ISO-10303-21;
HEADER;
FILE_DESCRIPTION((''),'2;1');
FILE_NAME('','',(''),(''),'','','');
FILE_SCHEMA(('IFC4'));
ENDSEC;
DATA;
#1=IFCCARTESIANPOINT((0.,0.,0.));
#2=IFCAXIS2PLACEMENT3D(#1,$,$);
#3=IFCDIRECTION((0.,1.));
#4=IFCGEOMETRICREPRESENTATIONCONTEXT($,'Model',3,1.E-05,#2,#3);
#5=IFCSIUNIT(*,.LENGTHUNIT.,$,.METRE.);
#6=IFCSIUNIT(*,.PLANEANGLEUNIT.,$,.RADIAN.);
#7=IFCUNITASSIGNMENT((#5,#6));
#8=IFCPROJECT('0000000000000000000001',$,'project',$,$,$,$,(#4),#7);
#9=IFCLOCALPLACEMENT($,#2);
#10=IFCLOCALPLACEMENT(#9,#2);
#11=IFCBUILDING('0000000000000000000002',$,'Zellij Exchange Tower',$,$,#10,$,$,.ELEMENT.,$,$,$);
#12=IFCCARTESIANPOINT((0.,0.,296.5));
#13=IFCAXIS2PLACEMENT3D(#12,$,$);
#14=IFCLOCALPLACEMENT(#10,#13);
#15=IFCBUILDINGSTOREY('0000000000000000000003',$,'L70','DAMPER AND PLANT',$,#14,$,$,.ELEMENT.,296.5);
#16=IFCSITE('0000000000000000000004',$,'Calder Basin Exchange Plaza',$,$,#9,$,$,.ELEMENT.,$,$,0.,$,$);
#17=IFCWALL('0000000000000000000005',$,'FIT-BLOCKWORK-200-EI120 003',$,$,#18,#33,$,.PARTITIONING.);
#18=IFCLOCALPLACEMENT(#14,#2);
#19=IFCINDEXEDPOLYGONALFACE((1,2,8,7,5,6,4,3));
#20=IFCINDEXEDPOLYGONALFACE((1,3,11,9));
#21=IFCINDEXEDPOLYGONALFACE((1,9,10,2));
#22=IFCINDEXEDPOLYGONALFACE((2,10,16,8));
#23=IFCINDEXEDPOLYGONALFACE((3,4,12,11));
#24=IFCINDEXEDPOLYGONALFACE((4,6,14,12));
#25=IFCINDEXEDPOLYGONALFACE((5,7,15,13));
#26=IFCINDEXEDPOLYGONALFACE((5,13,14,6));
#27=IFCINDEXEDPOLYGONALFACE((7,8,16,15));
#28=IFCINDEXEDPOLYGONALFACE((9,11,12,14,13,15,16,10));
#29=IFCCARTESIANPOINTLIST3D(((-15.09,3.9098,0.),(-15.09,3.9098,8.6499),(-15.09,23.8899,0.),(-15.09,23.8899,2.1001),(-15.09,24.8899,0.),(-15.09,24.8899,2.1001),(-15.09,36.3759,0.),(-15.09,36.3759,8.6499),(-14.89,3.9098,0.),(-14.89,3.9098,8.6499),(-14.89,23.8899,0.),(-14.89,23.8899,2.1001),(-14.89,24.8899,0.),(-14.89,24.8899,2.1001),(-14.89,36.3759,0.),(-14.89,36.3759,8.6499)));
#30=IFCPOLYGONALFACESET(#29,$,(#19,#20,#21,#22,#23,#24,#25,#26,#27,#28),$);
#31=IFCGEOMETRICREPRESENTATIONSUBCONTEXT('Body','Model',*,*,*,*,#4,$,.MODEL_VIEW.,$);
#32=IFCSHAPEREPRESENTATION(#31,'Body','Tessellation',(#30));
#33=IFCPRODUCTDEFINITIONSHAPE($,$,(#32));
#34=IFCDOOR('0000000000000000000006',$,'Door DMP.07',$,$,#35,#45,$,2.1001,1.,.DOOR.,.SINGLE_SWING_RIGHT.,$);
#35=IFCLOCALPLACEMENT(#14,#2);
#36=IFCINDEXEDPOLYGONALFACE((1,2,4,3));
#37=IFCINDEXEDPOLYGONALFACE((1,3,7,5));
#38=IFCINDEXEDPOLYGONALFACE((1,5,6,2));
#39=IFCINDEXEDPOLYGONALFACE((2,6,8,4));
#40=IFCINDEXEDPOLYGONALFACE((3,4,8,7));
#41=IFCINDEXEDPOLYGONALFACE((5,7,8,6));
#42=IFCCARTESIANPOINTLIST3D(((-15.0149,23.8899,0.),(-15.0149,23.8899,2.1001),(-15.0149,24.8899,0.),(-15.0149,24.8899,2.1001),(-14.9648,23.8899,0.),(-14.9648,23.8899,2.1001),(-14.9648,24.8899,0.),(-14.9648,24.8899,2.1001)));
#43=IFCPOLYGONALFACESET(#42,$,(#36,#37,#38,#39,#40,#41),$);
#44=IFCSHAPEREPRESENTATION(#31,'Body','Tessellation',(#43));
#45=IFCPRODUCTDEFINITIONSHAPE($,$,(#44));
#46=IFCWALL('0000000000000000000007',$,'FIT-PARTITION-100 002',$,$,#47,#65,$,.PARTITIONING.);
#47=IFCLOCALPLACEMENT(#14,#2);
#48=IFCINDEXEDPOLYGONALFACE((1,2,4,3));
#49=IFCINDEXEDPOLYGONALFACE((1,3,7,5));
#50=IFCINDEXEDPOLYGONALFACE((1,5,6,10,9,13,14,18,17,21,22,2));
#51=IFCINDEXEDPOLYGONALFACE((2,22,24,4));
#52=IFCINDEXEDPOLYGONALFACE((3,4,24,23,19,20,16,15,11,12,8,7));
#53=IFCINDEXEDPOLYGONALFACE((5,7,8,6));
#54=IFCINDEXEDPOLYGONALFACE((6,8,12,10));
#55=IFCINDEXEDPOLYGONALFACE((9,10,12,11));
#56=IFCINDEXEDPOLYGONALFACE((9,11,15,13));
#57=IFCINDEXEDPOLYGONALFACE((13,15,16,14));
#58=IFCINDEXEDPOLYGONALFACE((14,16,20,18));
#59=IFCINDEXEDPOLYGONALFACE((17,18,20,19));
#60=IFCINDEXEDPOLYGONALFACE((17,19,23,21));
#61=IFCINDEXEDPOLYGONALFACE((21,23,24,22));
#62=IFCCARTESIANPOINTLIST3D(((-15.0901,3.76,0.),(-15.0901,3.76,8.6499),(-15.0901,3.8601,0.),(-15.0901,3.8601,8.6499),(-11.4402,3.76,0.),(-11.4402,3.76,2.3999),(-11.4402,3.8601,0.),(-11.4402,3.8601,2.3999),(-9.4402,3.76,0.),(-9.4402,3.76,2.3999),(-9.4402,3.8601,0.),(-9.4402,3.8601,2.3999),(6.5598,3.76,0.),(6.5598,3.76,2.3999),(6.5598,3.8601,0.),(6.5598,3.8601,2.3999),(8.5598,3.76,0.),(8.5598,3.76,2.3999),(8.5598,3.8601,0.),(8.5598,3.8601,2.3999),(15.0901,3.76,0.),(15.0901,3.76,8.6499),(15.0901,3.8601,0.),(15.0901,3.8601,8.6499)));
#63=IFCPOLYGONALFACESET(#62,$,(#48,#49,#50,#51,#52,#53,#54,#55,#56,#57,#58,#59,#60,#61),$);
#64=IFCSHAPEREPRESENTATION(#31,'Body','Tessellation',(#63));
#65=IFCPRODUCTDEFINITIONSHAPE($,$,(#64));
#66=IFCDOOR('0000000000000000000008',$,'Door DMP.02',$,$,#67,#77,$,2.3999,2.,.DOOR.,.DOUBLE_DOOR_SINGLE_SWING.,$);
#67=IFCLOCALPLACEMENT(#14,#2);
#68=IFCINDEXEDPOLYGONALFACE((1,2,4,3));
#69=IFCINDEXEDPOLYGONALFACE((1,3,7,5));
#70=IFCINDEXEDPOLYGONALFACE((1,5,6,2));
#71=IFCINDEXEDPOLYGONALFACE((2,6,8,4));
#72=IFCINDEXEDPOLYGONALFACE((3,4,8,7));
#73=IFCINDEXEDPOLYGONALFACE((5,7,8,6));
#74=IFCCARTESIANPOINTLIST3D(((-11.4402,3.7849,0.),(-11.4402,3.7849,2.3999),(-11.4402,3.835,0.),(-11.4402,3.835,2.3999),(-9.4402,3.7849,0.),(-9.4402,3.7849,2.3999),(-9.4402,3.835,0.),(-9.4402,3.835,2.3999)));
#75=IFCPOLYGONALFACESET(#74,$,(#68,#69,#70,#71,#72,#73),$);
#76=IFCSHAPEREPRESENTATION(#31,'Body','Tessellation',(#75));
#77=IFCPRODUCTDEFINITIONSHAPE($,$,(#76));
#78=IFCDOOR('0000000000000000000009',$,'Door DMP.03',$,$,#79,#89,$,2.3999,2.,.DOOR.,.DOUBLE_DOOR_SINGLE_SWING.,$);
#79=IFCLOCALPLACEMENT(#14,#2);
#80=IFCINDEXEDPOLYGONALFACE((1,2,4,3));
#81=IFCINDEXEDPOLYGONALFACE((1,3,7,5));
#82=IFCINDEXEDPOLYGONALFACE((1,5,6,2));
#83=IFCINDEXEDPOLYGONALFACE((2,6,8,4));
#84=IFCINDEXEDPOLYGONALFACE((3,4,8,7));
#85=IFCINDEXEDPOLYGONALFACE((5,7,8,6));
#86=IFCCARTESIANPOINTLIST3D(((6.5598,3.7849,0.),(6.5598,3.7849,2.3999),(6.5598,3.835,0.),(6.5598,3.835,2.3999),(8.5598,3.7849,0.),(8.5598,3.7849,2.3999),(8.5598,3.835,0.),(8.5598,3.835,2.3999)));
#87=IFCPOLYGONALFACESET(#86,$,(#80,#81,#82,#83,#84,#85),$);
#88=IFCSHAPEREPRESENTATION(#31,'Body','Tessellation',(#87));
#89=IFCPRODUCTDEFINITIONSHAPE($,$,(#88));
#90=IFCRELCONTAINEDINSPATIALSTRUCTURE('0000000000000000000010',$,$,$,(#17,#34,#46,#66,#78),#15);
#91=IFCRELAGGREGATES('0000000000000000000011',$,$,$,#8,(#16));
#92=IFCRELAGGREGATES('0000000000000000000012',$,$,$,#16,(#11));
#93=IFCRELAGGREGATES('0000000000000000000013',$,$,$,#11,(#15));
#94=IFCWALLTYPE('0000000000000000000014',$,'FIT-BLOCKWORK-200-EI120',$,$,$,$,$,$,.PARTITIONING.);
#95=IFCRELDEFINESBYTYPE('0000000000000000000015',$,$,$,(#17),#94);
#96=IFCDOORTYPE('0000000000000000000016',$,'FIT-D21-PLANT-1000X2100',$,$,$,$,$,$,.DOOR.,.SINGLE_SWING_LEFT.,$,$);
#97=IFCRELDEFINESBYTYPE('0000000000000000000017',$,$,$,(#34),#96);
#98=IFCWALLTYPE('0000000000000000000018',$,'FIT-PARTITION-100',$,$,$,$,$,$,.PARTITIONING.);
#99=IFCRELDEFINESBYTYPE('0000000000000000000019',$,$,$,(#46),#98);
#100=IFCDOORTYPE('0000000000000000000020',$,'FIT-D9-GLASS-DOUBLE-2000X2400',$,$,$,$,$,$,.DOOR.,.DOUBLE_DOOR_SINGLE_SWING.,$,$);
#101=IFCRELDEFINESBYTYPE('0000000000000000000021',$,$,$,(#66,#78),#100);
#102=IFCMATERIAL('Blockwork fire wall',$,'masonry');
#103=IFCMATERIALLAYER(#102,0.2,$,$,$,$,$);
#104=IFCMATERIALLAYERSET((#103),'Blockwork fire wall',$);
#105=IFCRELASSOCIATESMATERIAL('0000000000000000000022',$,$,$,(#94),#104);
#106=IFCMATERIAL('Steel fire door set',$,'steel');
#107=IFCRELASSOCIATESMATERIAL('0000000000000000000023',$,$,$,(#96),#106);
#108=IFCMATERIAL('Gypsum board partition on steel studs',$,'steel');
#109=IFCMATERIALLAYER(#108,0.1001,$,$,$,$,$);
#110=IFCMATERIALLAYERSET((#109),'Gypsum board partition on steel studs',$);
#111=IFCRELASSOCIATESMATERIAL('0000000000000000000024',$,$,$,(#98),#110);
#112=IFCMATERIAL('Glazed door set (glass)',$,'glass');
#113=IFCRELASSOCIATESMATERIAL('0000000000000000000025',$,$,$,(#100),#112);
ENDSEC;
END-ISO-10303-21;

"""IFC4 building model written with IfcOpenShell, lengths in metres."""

from ifc_helpers import new_model, si_unit, direction, frame, frame_2d, origin, place, context, subcontext, project, spatial, rectangle, extrude, material, layer, layer_set, type_object, element, fill, save


model = new_model("IFC4")

# Units and contexts
model_context = context("Model", 3, precision=1e-05, world=origin(), true_north=direction((0.0, 1.0)))
body_context = subcontext(model_context, "Body", "Model", "MODEL_VIEW")
ifc_project = project(units=[si_unit("LENGTHUNIT", "METRE"), si_unit("PLANEANGLEUNIT", "RADIAN")], contexts=[model_context])

# Site, building, storey
site_placement = place(None, origin())
site = spatial("IfcSite", under=ifc_project, at=site_placement, Name="Calder Basin Exchange Plaza", CompositionType="ELEMENT", RefElevation=0.0)
building_placement = place(site_placement, origin())
building = spatial("IfcBuilding", under=site, at=building_placement, Name="Zellij Exchange Tower", CompositionType="ELEMENT")
storey_placement = place(building_placement, frame((0.0, 0.0, 296.5)))
storey = spatial("IfcBuildingStorey", under=building, at=storey_placement, Name="L70", Description="DAMPER AND PLANT", CompositionType="ELEMENT", Elevation=296.5)

# Wall, opening, door
ifc_material_1 = material(Name="Blockwork fire wall", Category="masonry")
ifc_layer_1 = layer(ifc_material_1, 0.2)
ifc_layer_set_1 = layer_set([ifc_layer_1], Name="Blockwork fire wall")
wall_type_1 = type_object("IfcWallType", Name="FIT-BLOCKWORK-200-EI120", PredefinedType="PARTITIONING", material=ifc_layer_set_1)
wall_1_placement = place(storey_placement, frame((-14.99, 3.9099, 0.0), z_axis=(0.0, 0.0, 1.0), x_axis=(0.0, 1.0, 0.0)))
wall_1 = element("IfcWall", 1, at=wall_1_placement, inside=storey, type_object=wall_type_1, Name="FIT-BLOCKWORK-200-EI120 003", PredefinedType="PARTITIONING", context=body_context, shape_type="SweptSolid", body=[
    extrude(rectangle(XDim=32.4661, YDim=0.2, at=frame_2d((16.2329, 0.0))), origin(), (0.0, 0.0, 1.0), 8.6499),
])
opening_1_placement = place(wall_1_placement, frame((19.98, 0.0, 0.0)))
opening_1 = element("IfcOpeningElement", 2, at=opening_1_placement, cuts=wall_1, PredefinedType="OPENING", context=body_context, shape_type="SweptSolid", body=[
    extrude(rectangle(XDim=1.0, YDim=2.1001, at=frame_2d((0.5, 1.05))), frame((0.0, 0.1118, 0.0), z_axis=(0.0, -1.0, 0.0), x_axis=(1.0, 0.0, 0.0)), (0.0, 0.0, 1.0), 0.2239),
])
ifc_material_2 = material(Name="Steel fire door set", Category="steel")
door_type_1 = type_object("IfcDoorType", Name="FIT-D21-PLANT-1000X2100", OperationType="SINGLE_SWING_LEFT", PredefinedType="DOOR", material=ifc_material_2)
door_1_placement = place(opening_1_placement, origin())
door_1 = element("IfcDoor", 3, at=door_1_placement, inside=storey, type_object=door_type_1, Name="Door DMP.07", OperationType="SINGLE_SWING_RIGHT", OverallHeight=2.1001, OverallWidth=1.0, PredefinedType="DOOR", context=body_context, shape_type="SweptSolid", body=[
    extrude(rectangle(XDim=1.0, YDim=2.1001, at=frame_2d((0.5, 1.05))), frame((0.0, 0.0249, 0.0), z_axis=(0.0, -1.0, 0.0), x_axis=(1.0, 0.0, 0.0)), (0.0, 0.0, 1.0), 0.05),
])
fill(opening_1, door_1)

# Wall, openings, doors
ifc_material_3 = material(Name="Gypsum board partition on steel studs", Category="steel")
ifc_layer_2 = layer(ifc_material_3, 0.1001)
ifc_layer_set_2 = layer_set([ifc_layer_2], Name="Gypsum board partition on steel studs")
wall_type_2 = type_object("IfcWallType", Name="FIT-PARTITION-100", PredefinedType="PARTITIONING", material=ifc_layer_set_2)
wall_2_placement = place(storey_placement, frame((-15.0901, 3.8101, 0.0), z_axis=(0.0, 0.0, 1.0), x_axis=(1.0, 0.0, 0.0)))
wall_2 = element("IfcWall", 4, at=wall_2_placement, inside=storey, type_object=wall_type_2, Name="FIT-PARTITION-100 002", PredefinedType="PARTITIONING", context=body_context, shape_type="SweptSolid", body=[
    extrude(rectangle(XDim=30.1802, YDim=0.1001, at=frame_2d((15.0901, 0.0))), origin(), (0.0, 0.0, 1.0), 8.6499),
])
opening_2_placement = place(wall_2_placement, frame((3.6499, 0.0, 0.0)))
opening_2 = element("IfcOpeningElement", 5, at=opening_2_placement, cuts=wall_2, PredefinedType="OPENING", context=body_context, shape_type="SweptSolid", body=[
    extrude(rectangle(XDim=2.0, YDim=2.3999, at=frame_2d((1.0, 1.2))), frame((0.0, 0.062, 0.0), z_axis=(0.0, -1.0, 0.0), x_axis=(1.0, 0.0, 0.0)), (0.0, 0.0, 1.0), 0.124),
])
opening_3_placement = place(wall_2_placement, frame((21.6499, 0.0, 0.0)))
opening_3 = element("IfcOpeningElement", 6, at=opening_3_placement, cuts=wall_2, PredefinedType="OPENING", context=body_context, shape_type="SweptSolid", body=[
    extrude(rectangle(XDim=2.0, YDim=2.3999, at=frame_2d((1.0, 1.2))), frame((0.0, 0.062, 0.0), z_axis=(0.0, -1.0, 0.0), x_axis=(1.0, 0.0, 0.0)), (0.0, 0.0, 1.0), 0.124),
])
ifc_material_4 = material(Name="Glazed door set (glass)", Category="glass")
door_type_2 = type_object("IfcDoorType", Name="FIT-D9-GLASS-DOUBLE-2000X2400", OperationType="DOUBLE_DOOR_SINGLE_SWING", PredefinedType="DOOR", material=ifc_material_4)
door_2_placement = place(opening_2_placement, origin())
door_2 = element("IfcDoor", 7, at=door_2_placement, inside=storey, type_object=door_type_2, Name="Door DMP.02", OperationType="DOUBLE_DOOR_SINGLE_SWING", OverallHeight=2.3999, OverallWidth=2.0, PredefinedType="DOOR", context=body_context, shape_type="SweptSolid", body=[
    extrude(rectangle(XDim=2.0, YDim=2.3999, at=frame_2d((1.0, 1.2))), frame((0.0, 0.0249, 0.0), z_axis=(0.0, -1.0, 0.0), x_axis=(1.0, 0.0, 0.0)), (0.0, 0.0, 1.0), 0.05),
])
fill(opening_2, door_2)
door_3_placement = place(opening_3_placement, origin())
door_3 = element("IfcDoor", 8, at=door_3_placement, inside=storey, type_object=door_type_2, Name="Door DMP.03", OperationType="DOUBLE_DOOR_SINGLE_SWING", OverallHeight=2.3999, OverallWidth=2.0, PredefinedType="DOOR", context=body_context, shape_type="SweptSolid", body=[
    extrude(rectangle(XDim=2.0, YDim=2.3999, at=frame_2d((1.0, 1.2))), frame((0.0, 0.0249, 0.0), z_axis=(0.0, -1.0, 0.0), x_axis=(1.0, 0.0, 0.0)), (0.0, 0.0, 1.0), 0.05),
])
fill(opening_3, door_3)

save(model, "model.ifc")
